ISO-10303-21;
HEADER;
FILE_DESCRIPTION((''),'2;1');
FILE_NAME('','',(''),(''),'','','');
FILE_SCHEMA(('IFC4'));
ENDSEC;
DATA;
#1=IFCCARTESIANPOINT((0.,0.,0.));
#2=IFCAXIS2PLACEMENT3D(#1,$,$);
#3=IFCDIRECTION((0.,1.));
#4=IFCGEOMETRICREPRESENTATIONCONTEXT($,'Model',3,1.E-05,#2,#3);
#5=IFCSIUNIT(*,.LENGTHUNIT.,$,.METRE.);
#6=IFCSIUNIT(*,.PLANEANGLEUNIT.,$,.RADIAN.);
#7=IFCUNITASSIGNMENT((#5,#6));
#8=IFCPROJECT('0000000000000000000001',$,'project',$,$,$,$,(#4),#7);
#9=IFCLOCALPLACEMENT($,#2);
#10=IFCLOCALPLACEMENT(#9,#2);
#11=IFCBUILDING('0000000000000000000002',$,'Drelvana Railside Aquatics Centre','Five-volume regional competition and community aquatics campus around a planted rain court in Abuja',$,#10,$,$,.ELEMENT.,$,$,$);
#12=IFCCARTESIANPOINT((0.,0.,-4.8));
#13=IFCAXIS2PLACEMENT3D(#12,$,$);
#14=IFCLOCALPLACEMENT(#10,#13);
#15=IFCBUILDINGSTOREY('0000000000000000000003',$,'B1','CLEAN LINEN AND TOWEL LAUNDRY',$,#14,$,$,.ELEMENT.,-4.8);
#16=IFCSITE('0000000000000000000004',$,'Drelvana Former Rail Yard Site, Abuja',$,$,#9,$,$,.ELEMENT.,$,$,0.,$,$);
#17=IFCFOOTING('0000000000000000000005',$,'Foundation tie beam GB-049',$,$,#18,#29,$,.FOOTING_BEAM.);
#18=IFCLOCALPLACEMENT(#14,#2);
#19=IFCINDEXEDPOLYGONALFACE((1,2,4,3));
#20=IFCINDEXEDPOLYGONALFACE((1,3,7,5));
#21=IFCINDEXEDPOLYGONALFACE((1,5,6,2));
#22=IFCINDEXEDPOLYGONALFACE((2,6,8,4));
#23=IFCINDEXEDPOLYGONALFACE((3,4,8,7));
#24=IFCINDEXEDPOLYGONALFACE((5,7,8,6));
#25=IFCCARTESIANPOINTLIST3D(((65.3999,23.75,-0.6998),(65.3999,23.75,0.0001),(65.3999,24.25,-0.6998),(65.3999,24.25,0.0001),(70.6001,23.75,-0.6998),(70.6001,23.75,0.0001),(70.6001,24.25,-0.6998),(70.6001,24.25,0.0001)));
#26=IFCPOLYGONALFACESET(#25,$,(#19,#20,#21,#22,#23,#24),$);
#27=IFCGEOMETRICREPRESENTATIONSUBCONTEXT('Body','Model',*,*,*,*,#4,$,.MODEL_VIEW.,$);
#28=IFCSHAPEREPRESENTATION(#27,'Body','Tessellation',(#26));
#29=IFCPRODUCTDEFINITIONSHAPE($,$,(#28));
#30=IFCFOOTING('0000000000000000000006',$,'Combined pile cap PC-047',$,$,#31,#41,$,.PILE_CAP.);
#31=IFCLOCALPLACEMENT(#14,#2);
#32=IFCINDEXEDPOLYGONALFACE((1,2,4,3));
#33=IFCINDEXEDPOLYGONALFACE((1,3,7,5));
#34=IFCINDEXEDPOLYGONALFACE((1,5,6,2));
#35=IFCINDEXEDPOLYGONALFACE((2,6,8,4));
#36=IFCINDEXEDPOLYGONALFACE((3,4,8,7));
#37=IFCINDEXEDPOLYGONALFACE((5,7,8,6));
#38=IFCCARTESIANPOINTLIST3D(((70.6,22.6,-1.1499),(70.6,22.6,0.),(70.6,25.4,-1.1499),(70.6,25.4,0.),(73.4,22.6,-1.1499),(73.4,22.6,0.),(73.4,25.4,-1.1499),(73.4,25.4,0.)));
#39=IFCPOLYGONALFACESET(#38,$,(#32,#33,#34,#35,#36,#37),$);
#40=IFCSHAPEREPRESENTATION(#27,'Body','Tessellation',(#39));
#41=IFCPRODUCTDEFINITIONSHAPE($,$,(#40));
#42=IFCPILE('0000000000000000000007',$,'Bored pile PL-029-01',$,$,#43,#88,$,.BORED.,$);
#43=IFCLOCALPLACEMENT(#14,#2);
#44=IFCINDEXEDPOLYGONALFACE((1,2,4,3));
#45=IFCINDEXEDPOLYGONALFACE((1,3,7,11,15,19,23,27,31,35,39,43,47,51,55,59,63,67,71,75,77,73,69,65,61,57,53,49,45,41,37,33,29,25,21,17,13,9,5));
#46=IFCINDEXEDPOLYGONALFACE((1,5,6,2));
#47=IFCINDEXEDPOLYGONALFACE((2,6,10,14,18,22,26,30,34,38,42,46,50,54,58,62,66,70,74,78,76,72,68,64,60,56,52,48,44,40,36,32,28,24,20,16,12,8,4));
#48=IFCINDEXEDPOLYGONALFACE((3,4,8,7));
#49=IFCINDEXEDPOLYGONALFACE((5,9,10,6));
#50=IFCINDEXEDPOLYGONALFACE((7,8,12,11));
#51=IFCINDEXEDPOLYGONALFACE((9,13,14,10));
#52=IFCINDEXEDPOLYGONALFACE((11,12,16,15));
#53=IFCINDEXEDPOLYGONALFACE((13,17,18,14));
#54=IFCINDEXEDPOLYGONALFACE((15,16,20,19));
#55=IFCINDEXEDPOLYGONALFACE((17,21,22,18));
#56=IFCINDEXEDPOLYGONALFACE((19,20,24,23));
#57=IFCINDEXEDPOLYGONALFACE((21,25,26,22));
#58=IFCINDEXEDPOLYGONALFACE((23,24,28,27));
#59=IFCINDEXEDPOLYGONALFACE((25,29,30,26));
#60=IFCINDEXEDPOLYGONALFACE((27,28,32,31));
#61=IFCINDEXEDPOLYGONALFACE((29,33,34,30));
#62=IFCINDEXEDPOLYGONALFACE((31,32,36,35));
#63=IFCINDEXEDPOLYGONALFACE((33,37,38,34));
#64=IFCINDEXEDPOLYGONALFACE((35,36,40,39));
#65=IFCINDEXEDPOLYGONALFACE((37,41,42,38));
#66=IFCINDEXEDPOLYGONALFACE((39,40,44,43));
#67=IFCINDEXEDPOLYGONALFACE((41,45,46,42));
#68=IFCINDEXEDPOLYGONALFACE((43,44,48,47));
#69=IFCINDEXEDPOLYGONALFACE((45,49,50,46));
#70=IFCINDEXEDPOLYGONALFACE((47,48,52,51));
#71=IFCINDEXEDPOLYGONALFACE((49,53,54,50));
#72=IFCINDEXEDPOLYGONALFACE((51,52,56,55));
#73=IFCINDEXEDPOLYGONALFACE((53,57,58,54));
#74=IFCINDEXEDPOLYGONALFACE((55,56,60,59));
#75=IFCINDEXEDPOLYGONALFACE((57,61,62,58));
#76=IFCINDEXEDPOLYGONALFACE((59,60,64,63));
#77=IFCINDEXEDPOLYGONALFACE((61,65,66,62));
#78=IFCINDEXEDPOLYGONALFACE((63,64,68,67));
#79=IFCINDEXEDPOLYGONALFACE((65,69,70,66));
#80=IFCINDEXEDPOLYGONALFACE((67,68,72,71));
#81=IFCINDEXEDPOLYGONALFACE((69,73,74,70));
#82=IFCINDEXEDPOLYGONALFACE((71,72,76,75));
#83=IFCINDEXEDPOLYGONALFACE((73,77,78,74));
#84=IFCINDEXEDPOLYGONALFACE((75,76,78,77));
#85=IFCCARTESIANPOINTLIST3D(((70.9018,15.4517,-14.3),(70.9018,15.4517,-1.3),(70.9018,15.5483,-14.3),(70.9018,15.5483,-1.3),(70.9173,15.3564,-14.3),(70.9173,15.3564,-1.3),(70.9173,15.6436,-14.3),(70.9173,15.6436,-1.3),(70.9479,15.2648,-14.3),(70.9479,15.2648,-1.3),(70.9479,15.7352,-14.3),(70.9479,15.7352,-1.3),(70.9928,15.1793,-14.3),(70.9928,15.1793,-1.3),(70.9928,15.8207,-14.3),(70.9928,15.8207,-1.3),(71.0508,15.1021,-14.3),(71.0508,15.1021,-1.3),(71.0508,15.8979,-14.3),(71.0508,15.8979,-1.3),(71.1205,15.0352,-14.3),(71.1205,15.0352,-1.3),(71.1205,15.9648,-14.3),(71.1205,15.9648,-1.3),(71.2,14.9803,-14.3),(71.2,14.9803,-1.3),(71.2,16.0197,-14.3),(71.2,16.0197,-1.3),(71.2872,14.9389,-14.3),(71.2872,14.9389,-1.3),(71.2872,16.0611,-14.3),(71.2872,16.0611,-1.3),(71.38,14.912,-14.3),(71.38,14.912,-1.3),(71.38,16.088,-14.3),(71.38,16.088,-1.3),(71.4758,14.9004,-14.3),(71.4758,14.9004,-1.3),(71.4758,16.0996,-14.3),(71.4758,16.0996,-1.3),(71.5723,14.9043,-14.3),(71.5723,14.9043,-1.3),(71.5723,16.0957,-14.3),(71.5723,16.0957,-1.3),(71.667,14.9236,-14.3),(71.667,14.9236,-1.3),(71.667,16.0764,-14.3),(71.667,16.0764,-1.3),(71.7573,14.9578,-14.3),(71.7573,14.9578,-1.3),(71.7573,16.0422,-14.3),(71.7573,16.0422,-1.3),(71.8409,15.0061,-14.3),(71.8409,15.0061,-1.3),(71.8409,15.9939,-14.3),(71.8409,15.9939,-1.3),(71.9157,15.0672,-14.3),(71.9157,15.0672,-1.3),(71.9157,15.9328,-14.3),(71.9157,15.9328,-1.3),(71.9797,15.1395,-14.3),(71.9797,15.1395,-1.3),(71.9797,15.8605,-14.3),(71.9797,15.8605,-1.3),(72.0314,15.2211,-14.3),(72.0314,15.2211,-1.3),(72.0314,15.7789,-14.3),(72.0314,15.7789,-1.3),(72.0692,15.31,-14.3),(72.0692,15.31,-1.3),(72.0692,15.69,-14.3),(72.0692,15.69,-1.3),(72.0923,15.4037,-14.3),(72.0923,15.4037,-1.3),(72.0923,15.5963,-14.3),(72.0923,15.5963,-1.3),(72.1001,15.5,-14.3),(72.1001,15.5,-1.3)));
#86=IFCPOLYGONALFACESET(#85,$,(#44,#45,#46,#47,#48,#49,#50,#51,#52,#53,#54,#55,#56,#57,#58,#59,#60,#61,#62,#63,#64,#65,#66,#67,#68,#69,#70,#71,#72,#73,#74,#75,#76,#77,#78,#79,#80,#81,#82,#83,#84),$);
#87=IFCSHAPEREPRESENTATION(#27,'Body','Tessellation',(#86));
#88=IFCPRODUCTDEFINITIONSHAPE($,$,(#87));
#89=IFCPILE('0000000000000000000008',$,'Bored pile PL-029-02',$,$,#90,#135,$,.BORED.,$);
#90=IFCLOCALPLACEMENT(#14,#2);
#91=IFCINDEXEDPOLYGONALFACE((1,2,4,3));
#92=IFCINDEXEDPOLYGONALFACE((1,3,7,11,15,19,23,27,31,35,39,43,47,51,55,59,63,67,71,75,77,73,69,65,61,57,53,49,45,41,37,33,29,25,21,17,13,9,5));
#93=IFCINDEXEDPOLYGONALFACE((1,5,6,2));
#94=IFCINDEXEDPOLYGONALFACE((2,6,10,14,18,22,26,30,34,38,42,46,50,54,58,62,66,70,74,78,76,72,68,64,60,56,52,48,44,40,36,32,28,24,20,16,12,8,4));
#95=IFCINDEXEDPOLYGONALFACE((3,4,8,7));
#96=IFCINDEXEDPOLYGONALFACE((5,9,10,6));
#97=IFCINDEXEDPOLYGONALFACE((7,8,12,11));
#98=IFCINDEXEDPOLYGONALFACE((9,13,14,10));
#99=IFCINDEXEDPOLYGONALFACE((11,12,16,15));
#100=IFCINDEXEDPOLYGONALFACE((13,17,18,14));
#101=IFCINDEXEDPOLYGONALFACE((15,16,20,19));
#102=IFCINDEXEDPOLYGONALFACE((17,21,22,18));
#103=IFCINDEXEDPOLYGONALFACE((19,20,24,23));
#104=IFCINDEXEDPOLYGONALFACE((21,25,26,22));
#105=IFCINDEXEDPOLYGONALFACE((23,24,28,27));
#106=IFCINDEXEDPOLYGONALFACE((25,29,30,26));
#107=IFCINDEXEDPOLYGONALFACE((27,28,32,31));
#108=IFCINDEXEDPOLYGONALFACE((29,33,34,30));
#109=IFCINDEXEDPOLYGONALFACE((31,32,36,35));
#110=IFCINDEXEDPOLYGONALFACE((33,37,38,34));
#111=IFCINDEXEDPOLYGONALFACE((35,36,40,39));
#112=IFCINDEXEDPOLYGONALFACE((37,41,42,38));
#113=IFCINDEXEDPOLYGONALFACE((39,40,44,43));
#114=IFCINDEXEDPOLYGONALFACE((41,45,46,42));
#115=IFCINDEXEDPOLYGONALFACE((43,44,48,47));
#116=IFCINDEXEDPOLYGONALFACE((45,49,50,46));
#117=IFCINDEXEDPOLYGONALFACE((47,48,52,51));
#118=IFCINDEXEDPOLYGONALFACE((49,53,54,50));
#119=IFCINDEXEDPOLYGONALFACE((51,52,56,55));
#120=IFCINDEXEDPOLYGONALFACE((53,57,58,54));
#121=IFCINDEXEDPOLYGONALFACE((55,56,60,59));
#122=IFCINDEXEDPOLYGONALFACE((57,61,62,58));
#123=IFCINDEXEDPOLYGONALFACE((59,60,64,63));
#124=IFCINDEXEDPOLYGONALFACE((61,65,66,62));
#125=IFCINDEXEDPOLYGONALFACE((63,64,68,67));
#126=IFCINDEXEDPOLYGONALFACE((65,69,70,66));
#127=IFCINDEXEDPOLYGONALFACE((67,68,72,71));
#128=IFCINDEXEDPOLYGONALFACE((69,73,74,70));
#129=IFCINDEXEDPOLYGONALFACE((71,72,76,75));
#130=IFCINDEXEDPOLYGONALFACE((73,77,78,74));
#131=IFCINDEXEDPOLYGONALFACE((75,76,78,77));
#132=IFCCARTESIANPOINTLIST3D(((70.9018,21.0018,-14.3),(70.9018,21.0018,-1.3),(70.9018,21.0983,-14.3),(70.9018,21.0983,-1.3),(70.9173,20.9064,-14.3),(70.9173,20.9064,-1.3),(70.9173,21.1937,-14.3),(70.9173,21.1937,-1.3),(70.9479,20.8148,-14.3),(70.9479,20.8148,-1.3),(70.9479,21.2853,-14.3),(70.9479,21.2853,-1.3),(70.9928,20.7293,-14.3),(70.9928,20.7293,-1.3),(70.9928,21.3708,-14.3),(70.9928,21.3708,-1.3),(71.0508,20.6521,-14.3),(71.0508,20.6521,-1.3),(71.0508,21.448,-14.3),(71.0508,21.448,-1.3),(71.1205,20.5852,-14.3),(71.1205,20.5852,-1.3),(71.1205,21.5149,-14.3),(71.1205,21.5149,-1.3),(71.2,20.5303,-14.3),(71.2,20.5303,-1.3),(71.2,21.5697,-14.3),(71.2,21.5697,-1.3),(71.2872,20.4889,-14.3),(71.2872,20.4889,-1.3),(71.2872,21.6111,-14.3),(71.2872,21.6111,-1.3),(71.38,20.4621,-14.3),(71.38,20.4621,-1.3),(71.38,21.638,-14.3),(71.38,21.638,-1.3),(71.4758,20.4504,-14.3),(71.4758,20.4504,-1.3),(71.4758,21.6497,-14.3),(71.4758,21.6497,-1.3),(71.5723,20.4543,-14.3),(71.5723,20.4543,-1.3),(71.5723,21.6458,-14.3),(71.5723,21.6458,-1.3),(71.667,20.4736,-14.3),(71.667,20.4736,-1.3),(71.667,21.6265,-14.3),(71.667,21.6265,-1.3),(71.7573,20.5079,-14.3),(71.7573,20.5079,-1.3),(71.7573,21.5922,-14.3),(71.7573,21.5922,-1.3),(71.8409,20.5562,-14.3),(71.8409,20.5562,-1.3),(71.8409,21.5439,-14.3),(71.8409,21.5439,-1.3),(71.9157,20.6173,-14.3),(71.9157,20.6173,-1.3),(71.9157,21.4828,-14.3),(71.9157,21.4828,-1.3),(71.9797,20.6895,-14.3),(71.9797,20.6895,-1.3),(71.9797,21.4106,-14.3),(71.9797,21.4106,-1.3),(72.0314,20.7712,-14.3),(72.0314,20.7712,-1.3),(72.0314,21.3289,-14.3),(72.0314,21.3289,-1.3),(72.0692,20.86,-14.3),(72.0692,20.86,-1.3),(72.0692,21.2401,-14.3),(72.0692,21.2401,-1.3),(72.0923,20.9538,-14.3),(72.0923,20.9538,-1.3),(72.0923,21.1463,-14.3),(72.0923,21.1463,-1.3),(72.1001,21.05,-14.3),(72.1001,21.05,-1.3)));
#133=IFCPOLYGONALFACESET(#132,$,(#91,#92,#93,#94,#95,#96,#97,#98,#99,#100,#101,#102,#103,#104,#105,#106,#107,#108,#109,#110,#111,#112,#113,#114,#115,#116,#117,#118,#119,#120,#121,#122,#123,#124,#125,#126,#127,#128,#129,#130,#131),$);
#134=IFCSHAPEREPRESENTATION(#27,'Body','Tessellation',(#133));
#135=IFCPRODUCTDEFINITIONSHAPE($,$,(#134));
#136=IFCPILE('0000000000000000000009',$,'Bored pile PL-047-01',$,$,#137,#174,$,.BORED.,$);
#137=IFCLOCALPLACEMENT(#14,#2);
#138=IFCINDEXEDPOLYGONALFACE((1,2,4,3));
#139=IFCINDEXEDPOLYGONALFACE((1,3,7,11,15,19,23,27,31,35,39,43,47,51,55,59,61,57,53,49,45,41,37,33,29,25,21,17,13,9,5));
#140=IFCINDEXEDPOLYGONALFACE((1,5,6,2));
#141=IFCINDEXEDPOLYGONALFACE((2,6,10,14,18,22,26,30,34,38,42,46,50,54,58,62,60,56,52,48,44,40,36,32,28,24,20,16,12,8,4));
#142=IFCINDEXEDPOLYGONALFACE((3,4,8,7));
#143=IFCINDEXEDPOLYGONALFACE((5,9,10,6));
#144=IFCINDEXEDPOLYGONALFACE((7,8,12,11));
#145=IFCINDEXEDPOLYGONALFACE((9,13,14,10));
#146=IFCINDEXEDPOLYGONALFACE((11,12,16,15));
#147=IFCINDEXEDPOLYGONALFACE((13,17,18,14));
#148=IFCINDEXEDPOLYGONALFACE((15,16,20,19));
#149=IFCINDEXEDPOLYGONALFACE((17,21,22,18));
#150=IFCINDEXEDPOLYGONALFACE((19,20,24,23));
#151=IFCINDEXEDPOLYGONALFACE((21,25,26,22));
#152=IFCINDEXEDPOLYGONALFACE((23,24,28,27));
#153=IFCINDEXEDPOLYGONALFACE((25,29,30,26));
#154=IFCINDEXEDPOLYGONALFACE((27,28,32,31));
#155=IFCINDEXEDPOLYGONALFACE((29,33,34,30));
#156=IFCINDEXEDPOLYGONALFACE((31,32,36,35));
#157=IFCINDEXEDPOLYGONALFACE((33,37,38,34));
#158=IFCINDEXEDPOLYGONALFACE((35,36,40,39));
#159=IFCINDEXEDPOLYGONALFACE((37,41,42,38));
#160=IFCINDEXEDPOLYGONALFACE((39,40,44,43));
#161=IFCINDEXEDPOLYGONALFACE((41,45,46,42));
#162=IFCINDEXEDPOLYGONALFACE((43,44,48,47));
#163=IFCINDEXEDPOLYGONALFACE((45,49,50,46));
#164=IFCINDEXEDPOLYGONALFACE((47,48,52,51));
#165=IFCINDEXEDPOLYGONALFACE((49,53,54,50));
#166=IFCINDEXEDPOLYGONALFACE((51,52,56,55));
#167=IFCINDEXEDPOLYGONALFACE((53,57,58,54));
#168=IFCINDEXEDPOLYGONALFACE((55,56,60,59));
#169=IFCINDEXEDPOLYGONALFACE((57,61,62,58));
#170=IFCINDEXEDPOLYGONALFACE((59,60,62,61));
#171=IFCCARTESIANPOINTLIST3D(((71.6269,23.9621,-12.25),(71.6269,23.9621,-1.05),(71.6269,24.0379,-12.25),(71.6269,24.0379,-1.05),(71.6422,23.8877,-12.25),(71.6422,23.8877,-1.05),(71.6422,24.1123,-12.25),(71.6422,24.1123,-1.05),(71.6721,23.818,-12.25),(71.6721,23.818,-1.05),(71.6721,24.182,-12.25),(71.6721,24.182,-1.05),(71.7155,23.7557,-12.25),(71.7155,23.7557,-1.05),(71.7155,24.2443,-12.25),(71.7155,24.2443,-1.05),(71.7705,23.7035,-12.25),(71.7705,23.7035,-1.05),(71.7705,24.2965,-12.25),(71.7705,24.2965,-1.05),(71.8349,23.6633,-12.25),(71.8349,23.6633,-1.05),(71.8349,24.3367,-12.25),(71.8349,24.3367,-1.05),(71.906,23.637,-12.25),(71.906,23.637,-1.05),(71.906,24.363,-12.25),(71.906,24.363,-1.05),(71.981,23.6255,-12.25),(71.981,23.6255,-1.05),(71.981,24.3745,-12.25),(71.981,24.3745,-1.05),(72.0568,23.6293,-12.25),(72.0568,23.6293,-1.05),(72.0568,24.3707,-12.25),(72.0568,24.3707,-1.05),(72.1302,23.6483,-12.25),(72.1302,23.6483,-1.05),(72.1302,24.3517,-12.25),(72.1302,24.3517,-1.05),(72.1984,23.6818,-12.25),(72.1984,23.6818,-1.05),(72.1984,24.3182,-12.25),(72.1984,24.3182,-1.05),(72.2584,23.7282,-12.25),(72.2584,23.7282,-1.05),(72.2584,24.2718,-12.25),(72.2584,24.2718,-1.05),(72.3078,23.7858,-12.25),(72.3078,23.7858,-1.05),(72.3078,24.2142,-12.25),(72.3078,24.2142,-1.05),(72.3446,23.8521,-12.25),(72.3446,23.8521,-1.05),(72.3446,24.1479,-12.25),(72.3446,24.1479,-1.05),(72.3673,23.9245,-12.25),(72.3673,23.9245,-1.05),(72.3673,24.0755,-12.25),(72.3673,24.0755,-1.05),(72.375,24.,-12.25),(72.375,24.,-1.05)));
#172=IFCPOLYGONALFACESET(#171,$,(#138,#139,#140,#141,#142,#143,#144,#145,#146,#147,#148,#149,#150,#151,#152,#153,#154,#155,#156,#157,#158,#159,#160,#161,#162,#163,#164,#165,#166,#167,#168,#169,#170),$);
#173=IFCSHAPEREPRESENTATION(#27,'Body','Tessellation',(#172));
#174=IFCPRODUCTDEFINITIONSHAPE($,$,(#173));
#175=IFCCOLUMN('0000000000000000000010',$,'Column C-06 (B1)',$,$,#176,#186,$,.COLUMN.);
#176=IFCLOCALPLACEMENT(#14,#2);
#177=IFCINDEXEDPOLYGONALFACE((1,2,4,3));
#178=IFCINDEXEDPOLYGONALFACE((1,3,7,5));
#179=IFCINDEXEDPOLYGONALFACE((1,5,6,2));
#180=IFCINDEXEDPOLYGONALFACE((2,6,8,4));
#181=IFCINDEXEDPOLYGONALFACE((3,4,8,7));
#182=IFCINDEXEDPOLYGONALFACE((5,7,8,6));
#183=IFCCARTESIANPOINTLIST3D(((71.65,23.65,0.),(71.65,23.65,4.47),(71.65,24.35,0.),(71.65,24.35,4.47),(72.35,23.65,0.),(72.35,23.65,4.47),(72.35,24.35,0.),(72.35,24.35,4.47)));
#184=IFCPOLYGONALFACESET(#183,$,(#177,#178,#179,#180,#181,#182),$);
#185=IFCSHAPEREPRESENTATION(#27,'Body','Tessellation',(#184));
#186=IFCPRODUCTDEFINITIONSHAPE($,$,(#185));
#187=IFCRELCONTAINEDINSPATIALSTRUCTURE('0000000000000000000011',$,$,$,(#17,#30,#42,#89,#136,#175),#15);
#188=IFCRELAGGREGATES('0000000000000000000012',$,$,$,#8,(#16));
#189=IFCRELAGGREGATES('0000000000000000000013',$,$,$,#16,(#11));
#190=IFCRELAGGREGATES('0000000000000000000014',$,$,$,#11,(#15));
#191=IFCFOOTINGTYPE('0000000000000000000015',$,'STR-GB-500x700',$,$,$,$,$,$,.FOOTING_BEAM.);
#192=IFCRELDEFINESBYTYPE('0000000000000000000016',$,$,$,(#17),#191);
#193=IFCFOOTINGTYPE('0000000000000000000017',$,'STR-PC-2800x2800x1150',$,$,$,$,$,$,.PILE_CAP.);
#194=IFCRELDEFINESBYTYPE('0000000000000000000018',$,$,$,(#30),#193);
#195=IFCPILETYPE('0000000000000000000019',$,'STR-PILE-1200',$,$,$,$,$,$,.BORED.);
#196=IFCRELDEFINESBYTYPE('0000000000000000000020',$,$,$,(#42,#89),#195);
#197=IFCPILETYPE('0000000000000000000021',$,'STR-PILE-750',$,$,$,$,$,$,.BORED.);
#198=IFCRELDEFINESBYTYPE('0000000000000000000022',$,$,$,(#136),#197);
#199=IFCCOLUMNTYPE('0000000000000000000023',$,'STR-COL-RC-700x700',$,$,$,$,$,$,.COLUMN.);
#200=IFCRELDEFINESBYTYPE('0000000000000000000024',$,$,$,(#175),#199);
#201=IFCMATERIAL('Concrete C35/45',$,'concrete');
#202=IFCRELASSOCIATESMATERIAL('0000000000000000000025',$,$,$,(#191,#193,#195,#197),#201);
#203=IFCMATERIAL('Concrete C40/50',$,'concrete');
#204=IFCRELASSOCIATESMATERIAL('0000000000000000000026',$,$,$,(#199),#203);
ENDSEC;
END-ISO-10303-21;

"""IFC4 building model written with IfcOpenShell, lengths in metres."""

from ifc_helpers import new_model, si_unit, direction, frame, origin, origin_2d, place, context, subcontext, project, spatial, rectangle, circle, extrude, material, material_profile, profile_set, type_object, element, save


model = new_model("IFC4")

# Units and contexts
model_context = context("Model", 3, precision=1e-05, world=origin(), true_north=direction((0.0, 1.0)))
body_context = subcontext(model_context, "Body", "Model", "MODEL_VIEW")
ifc_project = project(units=[si_unit("LENGTHUNIT", "METRE"), si_unit("PLANEANGLEUNIT", "RADIAN")], contexts=[model_context])

# Site, building, storey
site_placement = place(None, origin())
site = spatial("IfcSite", under=ifc_project, at=site_placement, Name="Drelvana Former Rail Yard Site, Abuja", CompositionType="ELEMENT", RefElevation=0.0)
building_placement = place(site_placement, origin())
building = spatial("IfcBuilding", under=site, at=building_placement, Name="Drelvana Railside Aquatics Centre", Description="Five-volume regional competition and community aquatics campus around a planted rain court in Abuja", CompositionType="ELEMENT")
storey_placement = place(building_placement, frame((0.0, 0.0, -4.8)))
storey = spatial("IfcBuildingStorey", under=building, at=storey_placement, Name="B1", Description="CLEAN LINEN AND TOWEL LAUNDRY", CompositionType="ELEMENT", Elevation=-4.8)

# Footings
ifc_material_1 = material(Name="Concrete C35/45", Category="concrete")
ifc_material_profile_1 = material_profile(ifc_material_1, rectangle(XDim=0.5, YDim=0.7, at=origin_2d()), Name="GB 500x700")
ifc_profile_set_1 = profile_set([ifc_material_profile_1], Name="Concrete C35/45")
footing_type_1 = type_object("IfcFootingType", Name="STR-GB-500x700", PredefinedType="FOOTING_BEAM", material=ifc_profile_set_1)
footing_1_placement = place(storey_placement, frame((65.3999, 24.0, -0.3499), z_axis=(1.0, 0.0, 0.0), x_axis=(0.0, 1.0, 0.0)))
element("IfcFooting", 1, at=footing_1_placement, inside=storey, type_object=footing_type_1, Name="Foundation tie beam GB-049", PredefinedType="FOOTING_BEAM", context=body_context, shape_type="SweptSolid", body=[
    extrude(rectangle(XDim=0.5, YDim=0.7, at=origin_2d()), origin(), (0.0, 0.0, 1.0), 5.2002),
])
footing_type_2 = type_object("IfcFootingType", Name="STR-PC-2800x2800x1150", PredefinedType="PILE_CAP", material=ifc_material_1)
footing_2_placement = place(storey_placement, frame((72.0, 24.0, -1.1499), z_axis=(0.0, 0.0, 1.0), x_axis=(1.0, 0.0, 0.0)))
element("IfcFooting", 2, at=footing_2_placement, inside=storey, type_object=footing_type_2, Name="Combined pile cap PC-047", PredefinedType="PILE_CAP", context=body_context, shape_type="SweptSolid", body=[
    extrude(rectangle(XDim=2.8, YDim=2.8, at=origin_2d()), origin(), (0.0, 0.0, 1.0), 1.1499),
])

# Piles
ifc_material_profile_2 = material_profile(ifc_material_1, circle(Radius=0.6001, at=origin_2d()), Name="PILE D1200")
ifc_profile_set_2 = profile_set([ifc_material_profile_2], Name="Concrete C35/45")
pile_type_1 = type_object("IfcPileType", Name="STR-PILE-1200", PredefinedType="BORED", material=ifc_profile_set_2)
for number, where, z_axis, x_axis, name in (
    (3, (71.5, 15.5, -1.3), (0.0, 0.0, -1.0), (1.0, 0.0, 0.0), "Bored pile PL-029-01"),
    (4, (71.5, 21.05, -1.3), (0.0, 0.0, -1.0), (1.0, 0.0, 0.0), "Bored pile PL-029-02"),
):
    element("IfcPile", number, at=place(storey_placement, frame(where, z_axis=z_axis, x_axis=x_axis)), inside=storey, type_object=pile_type_1, Name=name, PredefinedType="BORED", context=body_context, shape_type="SweptSolid", body=[
        extrude(circle(Radius=0.6001, at=origin_2d()), origin(), (0.0, 0.0, 1.0), 13.0),
    ])
ifc_material_profile_3 = material_profile(ifc_material_1, circle(Radius=0.375, at=origin_2d()), Name="PILE D750")
ifc_profile_set_3 = profile_set([ifc_material_profile_3], Name="Concrete C35/45")
pile_type_2 = type_object("IfcPileType", Name="STR-PILE-750", PredefinedType="BORED", material=ifc_profile_set_3)
pile_placement = place(storey_placement, frame((72.0, 24.0, -1.05), z_axis=(0.0, 0.0, -1.0), x_axis=(1.0, 0.0, 0.0)))
element("IfcPile", 5, at=pile_placement, inside=storey, type_object=pile_type_2, Name="Bored pile PL-047-01", PredefinedType="BORED", context=body_context, shape_type="SweptSolid", body=[
    extrude(circle(Radius=0.375, at=origin_2d()), origin(), (0.0, 0.0, 1.0), 11.2),
])

# Column
ifc_material_2 = material(Name="Concrete C40/50", Category="concrete")
ifc_material_profile_4 = material_profile(ifc_material_2, rectangle(XDim=0.7, YDim=0.7, at=origin_2d()), Name="RC 700x700")
ifc_profile_set_4 = profile_set([ifc_material_profile_4], Name="Concrete C40/50")
column_type_1 = type_object("IfcColumnType", Name="STR-COL-RC-700x700", PredefinedType="COLUMN", material=ifc_profile_set_4)
column_1_placement = place(storey_placement, frame((72.0, 24.0, 0.0), z_axis=(0.0, 0.0, 1.0), x_axis=(1.0, 0.0, 0.0)))
element("IfcColumn", 6, at=column_1_placement, inside=storey, type_object=column_type_1, Name="Column C-06 (B1)", PredefinedType="COLUMN", context=body_context, shape_type="SweptSolid", body=[
    extrude(rectangle(XDim=0.7, YDim=0.7, at=origin_2d()), origin(), (0.0, 0.0, 1.0), 4.47),
])

save(model, "model.ifc")
